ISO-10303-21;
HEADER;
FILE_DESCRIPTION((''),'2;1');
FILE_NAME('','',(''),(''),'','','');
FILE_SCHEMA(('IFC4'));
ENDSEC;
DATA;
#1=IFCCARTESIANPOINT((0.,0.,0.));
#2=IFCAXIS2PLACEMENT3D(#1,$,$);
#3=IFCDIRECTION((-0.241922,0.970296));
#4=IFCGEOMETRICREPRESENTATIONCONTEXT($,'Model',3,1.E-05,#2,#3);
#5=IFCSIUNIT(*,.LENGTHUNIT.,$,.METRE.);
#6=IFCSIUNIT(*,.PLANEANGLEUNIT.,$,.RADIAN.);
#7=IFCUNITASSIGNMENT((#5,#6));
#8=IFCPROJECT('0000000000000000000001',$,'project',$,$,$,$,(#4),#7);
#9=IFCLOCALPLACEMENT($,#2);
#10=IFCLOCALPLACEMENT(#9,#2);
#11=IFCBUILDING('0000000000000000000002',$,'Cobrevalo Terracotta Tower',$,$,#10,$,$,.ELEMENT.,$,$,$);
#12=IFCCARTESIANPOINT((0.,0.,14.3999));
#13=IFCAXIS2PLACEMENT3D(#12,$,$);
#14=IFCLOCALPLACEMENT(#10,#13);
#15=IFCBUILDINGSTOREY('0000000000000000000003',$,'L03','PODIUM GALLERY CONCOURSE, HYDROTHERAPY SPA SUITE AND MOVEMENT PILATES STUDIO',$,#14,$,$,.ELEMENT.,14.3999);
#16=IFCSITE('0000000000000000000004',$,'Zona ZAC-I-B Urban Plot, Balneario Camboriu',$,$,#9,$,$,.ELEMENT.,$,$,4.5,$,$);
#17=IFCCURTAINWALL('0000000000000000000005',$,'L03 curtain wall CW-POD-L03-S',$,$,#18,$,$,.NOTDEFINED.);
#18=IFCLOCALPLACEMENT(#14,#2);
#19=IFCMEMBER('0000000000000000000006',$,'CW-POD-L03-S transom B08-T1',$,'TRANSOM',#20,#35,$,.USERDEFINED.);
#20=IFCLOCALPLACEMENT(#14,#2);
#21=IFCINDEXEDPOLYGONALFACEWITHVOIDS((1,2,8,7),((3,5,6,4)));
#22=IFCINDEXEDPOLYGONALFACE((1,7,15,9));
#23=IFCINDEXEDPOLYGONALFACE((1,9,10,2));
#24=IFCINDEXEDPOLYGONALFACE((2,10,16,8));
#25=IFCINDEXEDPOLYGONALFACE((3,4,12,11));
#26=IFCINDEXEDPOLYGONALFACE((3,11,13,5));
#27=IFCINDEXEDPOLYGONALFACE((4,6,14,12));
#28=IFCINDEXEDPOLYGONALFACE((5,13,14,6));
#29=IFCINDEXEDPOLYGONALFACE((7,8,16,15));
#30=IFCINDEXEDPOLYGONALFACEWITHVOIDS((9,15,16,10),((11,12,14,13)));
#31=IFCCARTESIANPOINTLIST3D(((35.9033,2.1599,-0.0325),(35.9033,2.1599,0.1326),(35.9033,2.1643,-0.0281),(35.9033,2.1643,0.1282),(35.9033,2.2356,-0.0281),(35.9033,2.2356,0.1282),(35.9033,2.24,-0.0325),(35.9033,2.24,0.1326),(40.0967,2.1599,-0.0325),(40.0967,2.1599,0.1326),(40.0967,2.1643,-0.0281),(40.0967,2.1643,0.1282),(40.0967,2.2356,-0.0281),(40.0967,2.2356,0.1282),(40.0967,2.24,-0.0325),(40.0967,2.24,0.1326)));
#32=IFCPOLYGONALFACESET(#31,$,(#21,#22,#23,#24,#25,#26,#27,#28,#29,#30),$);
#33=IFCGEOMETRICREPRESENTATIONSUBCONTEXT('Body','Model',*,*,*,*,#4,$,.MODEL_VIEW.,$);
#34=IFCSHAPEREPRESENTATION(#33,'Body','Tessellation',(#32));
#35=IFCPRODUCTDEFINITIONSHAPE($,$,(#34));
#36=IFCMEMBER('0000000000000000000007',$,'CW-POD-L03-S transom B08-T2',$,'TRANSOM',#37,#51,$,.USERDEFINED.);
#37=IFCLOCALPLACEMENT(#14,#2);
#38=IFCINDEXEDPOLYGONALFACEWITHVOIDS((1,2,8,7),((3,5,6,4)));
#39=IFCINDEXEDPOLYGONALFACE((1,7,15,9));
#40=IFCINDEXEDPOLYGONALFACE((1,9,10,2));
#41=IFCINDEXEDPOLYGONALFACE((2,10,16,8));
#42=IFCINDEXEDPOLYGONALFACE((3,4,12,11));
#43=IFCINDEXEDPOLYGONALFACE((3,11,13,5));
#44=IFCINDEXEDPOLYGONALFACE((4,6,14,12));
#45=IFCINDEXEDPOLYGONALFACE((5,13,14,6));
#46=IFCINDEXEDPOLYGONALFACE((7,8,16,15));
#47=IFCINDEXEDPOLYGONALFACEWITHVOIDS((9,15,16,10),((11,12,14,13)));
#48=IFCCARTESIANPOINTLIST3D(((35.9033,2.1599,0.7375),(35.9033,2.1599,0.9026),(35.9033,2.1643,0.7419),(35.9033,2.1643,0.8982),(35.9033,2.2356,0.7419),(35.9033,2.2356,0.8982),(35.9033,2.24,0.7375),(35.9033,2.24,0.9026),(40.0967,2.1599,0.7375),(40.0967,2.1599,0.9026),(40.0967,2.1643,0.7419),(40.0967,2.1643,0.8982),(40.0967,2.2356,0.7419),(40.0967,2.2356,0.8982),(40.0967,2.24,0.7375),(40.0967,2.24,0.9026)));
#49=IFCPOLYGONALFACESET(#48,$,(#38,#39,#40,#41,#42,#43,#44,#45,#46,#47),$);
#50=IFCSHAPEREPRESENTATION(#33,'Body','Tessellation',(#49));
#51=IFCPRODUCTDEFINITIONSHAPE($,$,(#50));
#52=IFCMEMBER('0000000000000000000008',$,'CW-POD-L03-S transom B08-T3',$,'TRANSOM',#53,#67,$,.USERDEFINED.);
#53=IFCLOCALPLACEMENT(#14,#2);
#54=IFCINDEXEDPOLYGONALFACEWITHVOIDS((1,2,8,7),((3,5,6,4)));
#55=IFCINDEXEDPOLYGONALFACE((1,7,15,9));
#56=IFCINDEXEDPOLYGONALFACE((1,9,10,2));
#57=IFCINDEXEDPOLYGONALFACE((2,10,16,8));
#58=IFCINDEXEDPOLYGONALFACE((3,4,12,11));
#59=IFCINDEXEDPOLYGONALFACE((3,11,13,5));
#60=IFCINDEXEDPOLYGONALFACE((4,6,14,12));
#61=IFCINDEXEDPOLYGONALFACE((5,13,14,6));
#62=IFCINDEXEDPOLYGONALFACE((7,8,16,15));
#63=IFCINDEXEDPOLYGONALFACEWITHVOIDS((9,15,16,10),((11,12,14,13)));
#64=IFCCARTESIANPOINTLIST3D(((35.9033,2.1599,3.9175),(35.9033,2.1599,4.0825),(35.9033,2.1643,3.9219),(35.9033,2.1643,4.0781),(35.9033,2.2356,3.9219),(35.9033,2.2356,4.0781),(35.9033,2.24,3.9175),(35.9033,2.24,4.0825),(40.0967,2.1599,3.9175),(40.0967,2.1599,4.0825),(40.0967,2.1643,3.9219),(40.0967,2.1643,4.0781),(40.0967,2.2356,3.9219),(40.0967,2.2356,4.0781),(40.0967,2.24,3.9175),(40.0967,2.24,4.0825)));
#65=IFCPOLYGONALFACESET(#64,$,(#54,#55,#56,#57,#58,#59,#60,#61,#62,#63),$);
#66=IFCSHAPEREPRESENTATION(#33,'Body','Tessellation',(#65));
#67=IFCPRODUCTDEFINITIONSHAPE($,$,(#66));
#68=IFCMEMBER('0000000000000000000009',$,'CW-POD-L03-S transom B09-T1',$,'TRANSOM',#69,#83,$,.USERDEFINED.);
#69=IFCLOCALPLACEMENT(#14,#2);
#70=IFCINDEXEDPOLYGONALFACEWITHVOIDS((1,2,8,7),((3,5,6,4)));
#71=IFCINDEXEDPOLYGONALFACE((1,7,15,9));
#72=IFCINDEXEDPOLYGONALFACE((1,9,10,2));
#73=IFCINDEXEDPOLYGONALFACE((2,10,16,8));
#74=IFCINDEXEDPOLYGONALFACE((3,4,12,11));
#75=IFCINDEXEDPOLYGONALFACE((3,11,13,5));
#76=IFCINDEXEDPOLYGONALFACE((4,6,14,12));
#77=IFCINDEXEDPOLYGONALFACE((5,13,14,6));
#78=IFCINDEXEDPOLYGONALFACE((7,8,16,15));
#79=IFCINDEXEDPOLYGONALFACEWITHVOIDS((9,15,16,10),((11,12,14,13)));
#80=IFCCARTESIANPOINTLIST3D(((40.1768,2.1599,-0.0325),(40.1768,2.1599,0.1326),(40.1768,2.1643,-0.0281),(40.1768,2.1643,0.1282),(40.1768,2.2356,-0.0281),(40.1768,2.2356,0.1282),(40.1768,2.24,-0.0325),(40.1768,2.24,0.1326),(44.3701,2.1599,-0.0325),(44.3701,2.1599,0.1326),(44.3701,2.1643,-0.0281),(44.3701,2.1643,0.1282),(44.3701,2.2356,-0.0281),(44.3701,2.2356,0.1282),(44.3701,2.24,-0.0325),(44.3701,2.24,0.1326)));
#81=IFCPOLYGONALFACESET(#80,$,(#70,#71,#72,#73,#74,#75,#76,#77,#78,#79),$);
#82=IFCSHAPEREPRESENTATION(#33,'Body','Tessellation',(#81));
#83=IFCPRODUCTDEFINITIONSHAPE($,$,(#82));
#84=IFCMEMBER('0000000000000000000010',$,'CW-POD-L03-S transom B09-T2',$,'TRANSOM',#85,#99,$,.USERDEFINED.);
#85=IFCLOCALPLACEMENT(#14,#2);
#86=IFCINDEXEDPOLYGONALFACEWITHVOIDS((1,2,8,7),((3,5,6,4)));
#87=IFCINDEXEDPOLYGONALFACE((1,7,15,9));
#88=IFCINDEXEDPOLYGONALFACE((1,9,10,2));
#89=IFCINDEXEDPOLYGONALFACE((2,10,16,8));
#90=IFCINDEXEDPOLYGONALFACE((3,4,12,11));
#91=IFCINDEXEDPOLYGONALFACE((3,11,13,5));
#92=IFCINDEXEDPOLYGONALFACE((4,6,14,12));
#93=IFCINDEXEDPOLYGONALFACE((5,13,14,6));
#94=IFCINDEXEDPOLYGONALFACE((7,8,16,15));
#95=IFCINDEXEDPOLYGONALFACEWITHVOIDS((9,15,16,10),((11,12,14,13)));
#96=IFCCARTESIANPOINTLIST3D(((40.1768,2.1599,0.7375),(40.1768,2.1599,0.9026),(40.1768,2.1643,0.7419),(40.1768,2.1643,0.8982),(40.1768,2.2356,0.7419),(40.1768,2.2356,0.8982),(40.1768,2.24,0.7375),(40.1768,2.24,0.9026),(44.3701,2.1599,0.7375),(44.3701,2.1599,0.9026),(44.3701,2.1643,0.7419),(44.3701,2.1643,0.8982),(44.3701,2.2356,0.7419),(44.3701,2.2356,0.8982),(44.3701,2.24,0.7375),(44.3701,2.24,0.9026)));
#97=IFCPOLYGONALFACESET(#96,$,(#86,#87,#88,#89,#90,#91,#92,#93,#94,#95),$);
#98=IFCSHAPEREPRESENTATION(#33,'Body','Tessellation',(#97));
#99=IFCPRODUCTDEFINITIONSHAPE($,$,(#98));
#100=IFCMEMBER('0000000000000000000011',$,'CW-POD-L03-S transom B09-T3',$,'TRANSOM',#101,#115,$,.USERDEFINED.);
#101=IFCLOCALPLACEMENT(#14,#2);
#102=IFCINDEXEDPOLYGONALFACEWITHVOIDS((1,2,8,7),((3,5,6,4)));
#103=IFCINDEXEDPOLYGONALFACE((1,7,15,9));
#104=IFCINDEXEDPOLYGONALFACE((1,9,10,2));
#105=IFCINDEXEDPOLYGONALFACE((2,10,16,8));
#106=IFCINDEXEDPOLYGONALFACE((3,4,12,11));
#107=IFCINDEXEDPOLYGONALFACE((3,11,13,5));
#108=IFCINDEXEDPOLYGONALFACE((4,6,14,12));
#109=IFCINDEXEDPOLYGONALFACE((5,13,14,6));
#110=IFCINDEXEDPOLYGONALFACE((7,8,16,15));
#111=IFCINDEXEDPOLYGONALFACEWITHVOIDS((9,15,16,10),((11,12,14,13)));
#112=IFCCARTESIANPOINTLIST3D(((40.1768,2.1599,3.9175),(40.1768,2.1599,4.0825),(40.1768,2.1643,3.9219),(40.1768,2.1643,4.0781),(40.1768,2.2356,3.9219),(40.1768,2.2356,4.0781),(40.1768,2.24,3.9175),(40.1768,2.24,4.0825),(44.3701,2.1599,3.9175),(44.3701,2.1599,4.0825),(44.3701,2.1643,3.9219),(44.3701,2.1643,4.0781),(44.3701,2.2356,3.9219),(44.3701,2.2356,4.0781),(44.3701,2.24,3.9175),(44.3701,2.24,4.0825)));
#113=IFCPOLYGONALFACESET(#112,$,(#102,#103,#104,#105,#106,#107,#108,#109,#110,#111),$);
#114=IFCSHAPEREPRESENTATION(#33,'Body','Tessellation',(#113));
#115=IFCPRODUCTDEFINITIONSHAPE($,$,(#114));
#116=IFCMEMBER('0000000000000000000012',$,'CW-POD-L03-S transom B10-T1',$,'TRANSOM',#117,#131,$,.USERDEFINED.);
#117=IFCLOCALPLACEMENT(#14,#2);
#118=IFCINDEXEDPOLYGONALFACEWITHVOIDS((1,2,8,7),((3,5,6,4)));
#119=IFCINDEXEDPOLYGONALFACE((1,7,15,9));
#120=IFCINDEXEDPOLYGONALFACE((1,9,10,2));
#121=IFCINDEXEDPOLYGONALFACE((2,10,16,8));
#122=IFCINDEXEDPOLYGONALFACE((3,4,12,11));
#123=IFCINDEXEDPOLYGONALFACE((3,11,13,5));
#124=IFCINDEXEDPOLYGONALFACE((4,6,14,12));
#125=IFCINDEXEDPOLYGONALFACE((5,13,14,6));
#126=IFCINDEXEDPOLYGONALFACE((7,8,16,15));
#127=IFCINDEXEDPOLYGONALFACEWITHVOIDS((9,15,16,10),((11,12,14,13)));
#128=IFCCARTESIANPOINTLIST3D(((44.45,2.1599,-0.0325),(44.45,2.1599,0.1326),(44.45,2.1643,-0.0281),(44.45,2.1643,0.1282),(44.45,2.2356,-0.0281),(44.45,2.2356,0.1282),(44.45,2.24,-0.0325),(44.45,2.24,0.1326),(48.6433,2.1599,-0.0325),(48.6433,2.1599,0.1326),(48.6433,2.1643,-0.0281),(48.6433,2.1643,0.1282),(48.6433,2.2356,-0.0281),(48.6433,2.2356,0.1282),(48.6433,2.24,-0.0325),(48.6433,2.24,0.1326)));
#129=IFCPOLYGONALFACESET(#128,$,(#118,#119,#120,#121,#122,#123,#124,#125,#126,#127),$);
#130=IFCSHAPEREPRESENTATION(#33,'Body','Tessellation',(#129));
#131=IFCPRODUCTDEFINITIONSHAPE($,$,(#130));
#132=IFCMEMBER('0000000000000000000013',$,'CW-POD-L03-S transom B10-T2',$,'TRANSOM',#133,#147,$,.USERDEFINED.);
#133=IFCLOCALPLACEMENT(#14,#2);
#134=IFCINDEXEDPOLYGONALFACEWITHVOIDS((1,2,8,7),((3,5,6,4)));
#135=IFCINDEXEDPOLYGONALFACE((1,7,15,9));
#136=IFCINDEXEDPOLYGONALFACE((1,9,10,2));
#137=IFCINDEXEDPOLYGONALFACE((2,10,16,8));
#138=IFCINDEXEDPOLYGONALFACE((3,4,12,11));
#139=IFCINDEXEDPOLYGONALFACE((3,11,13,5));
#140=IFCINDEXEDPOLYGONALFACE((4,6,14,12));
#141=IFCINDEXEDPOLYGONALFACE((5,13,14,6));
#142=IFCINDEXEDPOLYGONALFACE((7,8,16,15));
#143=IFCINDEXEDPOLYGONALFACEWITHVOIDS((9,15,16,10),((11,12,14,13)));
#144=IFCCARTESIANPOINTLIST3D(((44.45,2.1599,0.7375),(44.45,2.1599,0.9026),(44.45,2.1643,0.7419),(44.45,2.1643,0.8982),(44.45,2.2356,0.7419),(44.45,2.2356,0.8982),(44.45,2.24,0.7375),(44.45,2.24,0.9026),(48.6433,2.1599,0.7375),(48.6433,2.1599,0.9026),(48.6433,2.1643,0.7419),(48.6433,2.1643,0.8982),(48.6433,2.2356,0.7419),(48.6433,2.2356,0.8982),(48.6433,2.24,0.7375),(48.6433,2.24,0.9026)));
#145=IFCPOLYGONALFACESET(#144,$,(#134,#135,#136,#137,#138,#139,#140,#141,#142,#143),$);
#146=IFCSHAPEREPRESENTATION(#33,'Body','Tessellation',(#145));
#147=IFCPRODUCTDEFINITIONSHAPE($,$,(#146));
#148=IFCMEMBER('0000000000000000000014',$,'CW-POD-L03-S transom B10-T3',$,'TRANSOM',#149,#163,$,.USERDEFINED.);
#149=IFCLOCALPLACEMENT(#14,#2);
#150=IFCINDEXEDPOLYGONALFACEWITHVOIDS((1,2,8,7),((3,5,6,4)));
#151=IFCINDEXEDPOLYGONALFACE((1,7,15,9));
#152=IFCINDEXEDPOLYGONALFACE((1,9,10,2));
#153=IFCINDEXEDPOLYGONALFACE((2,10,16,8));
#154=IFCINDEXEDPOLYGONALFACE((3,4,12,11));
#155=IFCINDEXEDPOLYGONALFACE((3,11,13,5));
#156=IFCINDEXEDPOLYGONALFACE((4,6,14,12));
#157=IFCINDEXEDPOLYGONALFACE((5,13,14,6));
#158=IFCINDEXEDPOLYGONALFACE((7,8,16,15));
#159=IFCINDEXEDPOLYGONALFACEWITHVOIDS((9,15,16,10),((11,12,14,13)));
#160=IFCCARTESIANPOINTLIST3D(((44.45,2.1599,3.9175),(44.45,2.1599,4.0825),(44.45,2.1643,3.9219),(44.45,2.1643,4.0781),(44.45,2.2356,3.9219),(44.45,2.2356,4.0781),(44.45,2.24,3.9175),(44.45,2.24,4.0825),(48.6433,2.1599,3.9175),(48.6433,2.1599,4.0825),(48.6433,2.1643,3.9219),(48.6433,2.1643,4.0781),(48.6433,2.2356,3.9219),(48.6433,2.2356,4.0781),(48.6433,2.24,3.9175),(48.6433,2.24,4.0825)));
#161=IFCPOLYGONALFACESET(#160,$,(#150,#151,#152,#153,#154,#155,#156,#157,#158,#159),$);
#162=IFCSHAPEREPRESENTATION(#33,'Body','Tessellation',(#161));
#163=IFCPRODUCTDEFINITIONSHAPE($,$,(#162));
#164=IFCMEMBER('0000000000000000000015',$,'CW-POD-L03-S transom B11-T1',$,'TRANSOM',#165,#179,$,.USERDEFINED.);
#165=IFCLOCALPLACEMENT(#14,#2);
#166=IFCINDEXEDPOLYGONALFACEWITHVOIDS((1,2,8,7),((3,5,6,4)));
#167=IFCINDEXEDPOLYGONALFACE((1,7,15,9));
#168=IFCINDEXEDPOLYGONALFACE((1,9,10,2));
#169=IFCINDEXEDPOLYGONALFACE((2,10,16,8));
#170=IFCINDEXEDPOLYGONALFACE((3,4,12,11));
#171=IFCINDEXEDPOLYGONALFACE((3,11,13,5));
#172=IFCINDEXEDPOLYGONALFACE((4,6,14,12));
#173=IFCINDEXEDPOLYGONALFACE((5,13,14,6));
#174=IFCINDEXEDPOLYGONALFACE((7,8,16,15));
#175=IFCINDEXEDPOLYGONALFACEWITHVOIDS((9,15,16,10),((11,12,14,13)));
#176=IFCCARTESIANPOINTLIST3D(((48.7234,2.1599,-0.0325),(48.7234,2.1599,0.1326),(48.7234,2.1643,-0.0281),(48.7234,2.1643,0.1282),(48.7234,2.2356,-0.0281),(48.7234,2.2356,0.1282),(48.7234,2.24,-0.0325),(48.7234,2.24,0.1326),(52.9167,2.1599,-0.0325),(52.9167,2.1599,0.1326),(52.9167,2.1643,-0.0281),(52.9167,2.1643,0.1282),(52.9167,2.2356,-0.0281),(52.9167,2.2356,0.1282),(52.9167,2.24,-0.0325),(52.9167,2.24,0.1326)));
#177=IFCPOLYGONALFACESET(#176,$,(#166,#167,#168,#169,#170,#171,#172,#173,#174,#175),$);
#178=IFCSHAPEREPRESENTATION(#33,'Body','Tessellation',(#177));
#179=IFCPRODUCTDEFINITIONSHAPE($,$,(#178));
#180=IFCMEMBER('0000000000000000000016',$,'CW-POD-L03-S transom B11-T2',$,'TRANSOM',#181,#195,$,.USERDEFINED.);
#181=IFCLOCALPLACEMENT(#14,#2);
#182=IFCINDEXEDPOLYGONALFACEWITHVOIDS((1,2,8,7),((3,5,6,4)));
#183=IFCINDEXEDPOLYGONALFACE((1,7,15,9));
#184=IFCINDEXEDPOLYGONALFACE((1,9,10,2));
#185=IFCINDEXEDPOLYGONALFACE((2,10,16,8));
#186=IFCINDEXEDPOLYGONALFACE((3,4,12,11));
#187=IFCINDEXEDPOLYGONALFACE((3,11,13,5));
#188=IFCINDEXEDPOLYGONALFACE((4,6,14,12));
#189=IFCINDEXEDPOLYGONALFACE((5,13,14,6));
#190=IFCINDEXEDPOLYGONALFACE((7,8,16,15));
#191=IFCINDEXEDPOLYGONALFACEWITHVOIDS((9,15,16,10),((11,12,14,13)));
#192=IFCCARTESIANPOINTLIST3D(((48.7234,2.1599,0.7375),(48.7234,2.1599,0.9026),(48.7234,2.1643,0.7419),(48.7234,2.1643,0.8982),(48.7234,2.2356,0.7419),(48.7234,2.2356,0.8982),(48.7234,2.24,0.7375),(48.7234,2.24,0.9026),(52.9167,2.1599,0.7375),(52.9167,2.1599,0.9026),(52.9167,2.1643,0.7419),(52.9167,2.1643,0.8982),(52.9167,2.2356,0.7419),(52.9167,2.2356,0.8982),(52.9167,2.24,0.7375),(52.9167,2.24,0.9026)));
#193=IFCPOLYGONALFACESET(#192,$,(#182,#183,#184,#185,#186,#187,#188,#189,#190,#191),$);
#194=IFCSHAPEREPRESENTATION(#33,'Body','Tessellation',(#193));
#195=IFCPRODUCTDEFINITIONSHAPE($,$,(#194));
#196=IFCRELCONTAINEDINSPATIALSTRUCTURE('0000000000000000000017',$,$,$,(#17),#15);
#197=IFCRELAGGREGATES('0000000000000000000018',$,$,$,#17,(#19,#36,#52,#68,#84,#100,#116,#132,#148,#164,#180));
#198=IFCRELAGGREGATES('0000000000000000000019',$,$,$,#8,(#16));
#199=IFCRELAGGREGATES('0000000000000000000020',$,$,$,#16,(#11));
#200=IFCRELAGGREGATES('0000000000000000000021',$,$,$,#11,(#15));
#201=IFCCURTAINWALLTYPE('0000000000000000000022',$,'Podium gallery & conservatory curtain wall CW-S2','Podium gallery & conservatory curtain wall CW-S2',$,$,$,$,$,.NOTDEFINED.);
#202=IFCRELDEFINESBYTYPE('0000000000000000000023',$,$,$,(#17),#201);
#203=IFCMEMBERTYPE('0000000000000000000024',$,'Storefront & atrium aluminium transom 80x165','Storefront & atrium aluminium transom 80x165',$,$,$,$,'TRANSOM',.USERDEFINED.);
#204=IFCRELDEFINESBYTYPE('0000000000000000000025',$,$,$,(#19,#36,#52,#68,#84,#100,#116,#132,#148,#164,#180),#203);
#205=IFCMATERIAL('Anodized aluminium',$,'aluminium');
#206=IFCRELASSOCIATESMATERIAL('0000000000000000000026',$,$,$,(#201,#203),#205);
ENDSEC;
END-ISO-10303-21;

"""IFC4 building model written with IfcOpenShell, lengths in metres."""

from ifc_helpers import new_model, si_unit, direction, frame, origin, origin_2d, place, context, subcontext, project, spatial, hollow_rectangle, extrude, source, transform, mapped, material, material_profile, profile_set, type_object, element, aggregate, save


model = new_model("IFC4")

# Units and contexts
model_context = context("Model", 3, precision=1e-05, world=origin(), true_north=direction((-0.241922, 0.970296)))
body_context = subcontext(model_context, "Body", "Model", "MODEL_VIEW")
ifc_project = project(units=[si_unit("LENGTHUNIT", "METRE"), si_unit("PLANEANGLEUNIT", "RADIAN")], contexts=[model_context])

# Site, building, storey
site_placement = place(None, origin())
site = spatial("IfcSite", under=ifc_project, at=site_placement, Name="Zona ZAC-I-B Urban Plot, Balneario Camboriu", CompositionType="ELEMENT", RefElevation=4.5)
building_placement = place(site_placement, origin())
building = spatial("IfcBuilding", under=site, at=building_placement, Name="Cobrevalo Terracotta Tower", CompositionType="ELEMENT")
storey_placement = place(building_placement, frame((0.0, 0.0, 14.3999)))
storey = spatial("IfcBuildingStorey", under=building, at=storey_placement, Name="L03", Description="PODIUM GALLERY CONCOURSE, HYDROTHERAPY SPA SUITE AND MOVEMENT PILATES STUDIO", CompositionType="ELEMENT", Elevation=14.3999)

# Curtain wall, members
ifc_material_1 = material(Name="Anodized aluminium", Category="aluminium")
curtain_wall_type = type_object("IfcCurtainWallType", Name="Podium gallery & conservatory curtain wall CW-S2", Description="Podium gallery & conservatory curtain wall CW-S2", PredefinedType="NOTDEFINED", material=ifc_material_1)
curtain_wall_placement = place(storey_placement, origin())
curtain_wall = element("IfcCurtainWall", 1, at=curtain_wall_placement, inside=storey, type_object=curtain_wall_type, Name="L03 curtain wall CW-POD-L03-S", PredefinedType="NOTDEFINED")
ifc_material_profile_1 = material_profile(ifc_material_1, hollow_rectangle(XDim=0.0801, YDim=0.165, WallThickness=0.0044, at=origin_2d()), Name="CWT 80x165")
ifc_profile_set_1 = profile_set([ifc_material_profile_1], Name="Anodized aluminium")
member_type_1 = type_object("IfcMemberType", Name="Storefront & atrium aluminium transom 80x165", Description="Storefront & atrium aluminium transom 80x165", ElementType="TRANSOM", PredefinedType="USERDEFINED", material=ifc_profile_set_1)
shared_shape_1 = source(origin(), body_context, "Body", "SweptSolid", [
    extrude(hollow_rectangle(XDim=0.0801, YDim=0.165, WallThickness=0.0044, at=origin_2d()), origin(), (0.0, 0.0, 1.0), 4.1934),
])
member_1_placement = place(storey_placement, frame((35.9033, 2.2, 0.05), z_axis=(1.0, 0.0, 0.0), x_axis=(0.0, 1.0, 0.0)))
member_1 = element("IfcMember", 2, at=member_1_placement, type_object=member_type_1, Name="CW-POD-L03-S transom B08-T1", ObjectType="TRANSOM", PredefinedType="USERDEFINED", context=body_context, shape_type="MappedRepresentation", body=[
    mapped(shared_shape_1, transform((0.0, 0.0, 0.0), scale=1.0)),
])
member_2_placement = place(storey_placement, frame((35.9033, 2.2, 0.8201), z_axis=(1.0, 0.0, 0.0), x_axis=(0.0, 1.0, 0.0)))
member_2 = element("IfcMember", 3, at=member_2_placement, type_object=member_type_1, Name="CW-POD-L03-S transom B08-T2", ObjectType="TRANSOM", PredefinedType="USERDEFINED", context=body_context, shape_type="MappedRepresentation", body=[
    mapped(shared_shape_1, transform((0.0, 0.0, 0.0), scale=1.0)),
])
member_3_placement = place(storey_placement, frame((35.9033, 2.2, 4.0), z_axis=(1.0, 0.0, 0.0), x_axis=(0.0, 1.0, 0.0)))
member_3 = element("IfcMember", 4, at=member_3_placement, type_object=member_type_1, Name="CW-POD-L03-S transom B08-T3", ObjectType="TRANSOM", PredefinedType="USERDEFINED", context=body_context, shape_type="MappedRepresentation", body=[
    mapped(shared_shape_1, transform((0.0, 0.0, 0.0), scale=1.0)),
])
member_4_placement = place(storey_placement, frame((40.1768, 2.2, 0.05), z_axis=(1.0, 0.0, 0.0), x_axis=(0.0, 1.0, 0.0)))
member_4 = element("IfcMember", 5, at=member_4_placement, type_object=member_type_1, Name="CW-POD-L03-S transom B09-T1", ObjectType="TRANSOM", PredefinedType="USERDEFINED", context=body_context, shape_type="MappedRepresentation", body=[
    mapped(shared_shape_1, transform((0.0, 0.0, 0.0), scale=1.0)),
])
member_5_placement = place(storey_placement, frame((40.1768, 2.2, 0.8201), z_axis=(1.0, 0.0, 0.0), x_axis=(0.0, 1.0, 0.0)))
member_5 = element("IfcMember", 6, at=member_5_placement, type_object=member_type_1, Name="CW-POD-L03-S transom B09-T2", ObjectType="TRANSOM", PredefinedType="USERDEFINED", context=body_context, shape_type="MappedRepresentation", body=[
    mapped(shared_shape_1, transform((0.0, 0.0, 0.0), scale=1.0)),
])
member_6_placement = place(storey_placement, frame((40.1768, 2.2, 4.0), z_axis=(1.0, 0.0, 0.0), x_axis=(0.0, 1.0, 0.0)))
member_6 = element("IfcMember", 7, at=member_6_placement, type_object=member_type_1, Name="CW-POD-L03-S transom B09-T3", ObjectType="TRANSOM", PredefinedType="USERDEFINED", context=body_context, shape_type="MappedRepresentation", body=[
    mapped(shared_shape_1, transform((0.0, 0.0, 0.0), scale=1.0)),
])
member_7_placement = place(storey_placement, frame((44.45, 2.2, 0.05), z_axis=(1.0, 0.0, 0.0), x_axis=(0.0, 1.0, 0.0)))
member_7 = element("IfcMember", 8, at=member_7_placement, type_object=member_type_1, Name="CW-POD-L03-S transom B10-T1", ObjectType="TRANSOM", PredefinedType="USERDEFINED", context=body_context, shape_type="MappedRepresentation", body=[
    mapped(shared_shape_1, transform((0.0, 0.0, 0.0), scale=1.0)),
])
member_8_placement = place(storey_placement, frame((44.45, 2.2, 0.8201), z_axis=(1.0, 0.0, 0.0), x_axis=(0.0, 1.0, 0.0)))
member_8 = element("IfcMember", 9, at=member_8_placement, type_object=member_type_1, Name="CW-POD-L03-S transom B10-T2", ObjectType="TRANSOM", PredefinedType="USERDEFINED", context=body_context, shape_type="MappedRepresentation", body=[
    mapped(shared_shape_1, transform((0.0, 0.0, 0.0), scale=1.0)),
])
member_9_placement = place(storey_placement, frame((44.45, 2.2, 4.0), z_axis=(1.0, 0.0, 0.0), x_axis=(0.0, 1.0, 0.0)))
member_9 = element("IfcMember", 10, at=member_9_placement, type_object=member_type_1, Name="CW-POD-L03-S transom B10-T3", ObjectType="TRANSOM", PredefinedType="USERDEFINED", context=body_context, shape_type="MappedRepresentation", body=[
    mapped(shared_shape_1, transform((0.0, 0.0, 0.0), scale=1.0)),
])
member_10_placement = place(storey_placement, frame((48.7234, 2.2, 0.05), z_axis=(1.0, 0.0, 0.0), x_axis=(0.0, 1.0, 0.0)))
member_10 = element("IfcMember", 11, at=member_10_placement, type_object=member_type_1, Name="CW-POD-L03-S transom B11-T1", ObjectType="TRANSOM", PredefinedType="USERDEFINED", context=body_context, shape_type="MappedRepresentation", body=[
    mapped(shared_shape_1, transform((0.0, 0.0, 0.0), scale=1.0)),
])
member_11_placement = place(storey_placement, frame((48.7234, 2.2, 0.8201), z_axis=(1.0, 0.0, 0.0), x_axis=(0.0, 1.0, 0.0)))
member_11 = element("IfcMember", 12, at=member_11_placement, type_object=member_type_1, Name="CW-POD-L03-S transom B11-T2", ObjectType="TRANSOM", PredefinedType="USERDEFINED", context=body_context, shape_type="MappedRepresentation", body=[
    mapped(shared_shape_1, transform((0.0, 0.0, 0.0), scale=1.0)),
])
aggregate(curtain_wall, [member_1, member_2, member_3, member_4, member_5, member_6, member_7, member_8, member_9, member_10, member_11])

save(model, "model.ifc")
